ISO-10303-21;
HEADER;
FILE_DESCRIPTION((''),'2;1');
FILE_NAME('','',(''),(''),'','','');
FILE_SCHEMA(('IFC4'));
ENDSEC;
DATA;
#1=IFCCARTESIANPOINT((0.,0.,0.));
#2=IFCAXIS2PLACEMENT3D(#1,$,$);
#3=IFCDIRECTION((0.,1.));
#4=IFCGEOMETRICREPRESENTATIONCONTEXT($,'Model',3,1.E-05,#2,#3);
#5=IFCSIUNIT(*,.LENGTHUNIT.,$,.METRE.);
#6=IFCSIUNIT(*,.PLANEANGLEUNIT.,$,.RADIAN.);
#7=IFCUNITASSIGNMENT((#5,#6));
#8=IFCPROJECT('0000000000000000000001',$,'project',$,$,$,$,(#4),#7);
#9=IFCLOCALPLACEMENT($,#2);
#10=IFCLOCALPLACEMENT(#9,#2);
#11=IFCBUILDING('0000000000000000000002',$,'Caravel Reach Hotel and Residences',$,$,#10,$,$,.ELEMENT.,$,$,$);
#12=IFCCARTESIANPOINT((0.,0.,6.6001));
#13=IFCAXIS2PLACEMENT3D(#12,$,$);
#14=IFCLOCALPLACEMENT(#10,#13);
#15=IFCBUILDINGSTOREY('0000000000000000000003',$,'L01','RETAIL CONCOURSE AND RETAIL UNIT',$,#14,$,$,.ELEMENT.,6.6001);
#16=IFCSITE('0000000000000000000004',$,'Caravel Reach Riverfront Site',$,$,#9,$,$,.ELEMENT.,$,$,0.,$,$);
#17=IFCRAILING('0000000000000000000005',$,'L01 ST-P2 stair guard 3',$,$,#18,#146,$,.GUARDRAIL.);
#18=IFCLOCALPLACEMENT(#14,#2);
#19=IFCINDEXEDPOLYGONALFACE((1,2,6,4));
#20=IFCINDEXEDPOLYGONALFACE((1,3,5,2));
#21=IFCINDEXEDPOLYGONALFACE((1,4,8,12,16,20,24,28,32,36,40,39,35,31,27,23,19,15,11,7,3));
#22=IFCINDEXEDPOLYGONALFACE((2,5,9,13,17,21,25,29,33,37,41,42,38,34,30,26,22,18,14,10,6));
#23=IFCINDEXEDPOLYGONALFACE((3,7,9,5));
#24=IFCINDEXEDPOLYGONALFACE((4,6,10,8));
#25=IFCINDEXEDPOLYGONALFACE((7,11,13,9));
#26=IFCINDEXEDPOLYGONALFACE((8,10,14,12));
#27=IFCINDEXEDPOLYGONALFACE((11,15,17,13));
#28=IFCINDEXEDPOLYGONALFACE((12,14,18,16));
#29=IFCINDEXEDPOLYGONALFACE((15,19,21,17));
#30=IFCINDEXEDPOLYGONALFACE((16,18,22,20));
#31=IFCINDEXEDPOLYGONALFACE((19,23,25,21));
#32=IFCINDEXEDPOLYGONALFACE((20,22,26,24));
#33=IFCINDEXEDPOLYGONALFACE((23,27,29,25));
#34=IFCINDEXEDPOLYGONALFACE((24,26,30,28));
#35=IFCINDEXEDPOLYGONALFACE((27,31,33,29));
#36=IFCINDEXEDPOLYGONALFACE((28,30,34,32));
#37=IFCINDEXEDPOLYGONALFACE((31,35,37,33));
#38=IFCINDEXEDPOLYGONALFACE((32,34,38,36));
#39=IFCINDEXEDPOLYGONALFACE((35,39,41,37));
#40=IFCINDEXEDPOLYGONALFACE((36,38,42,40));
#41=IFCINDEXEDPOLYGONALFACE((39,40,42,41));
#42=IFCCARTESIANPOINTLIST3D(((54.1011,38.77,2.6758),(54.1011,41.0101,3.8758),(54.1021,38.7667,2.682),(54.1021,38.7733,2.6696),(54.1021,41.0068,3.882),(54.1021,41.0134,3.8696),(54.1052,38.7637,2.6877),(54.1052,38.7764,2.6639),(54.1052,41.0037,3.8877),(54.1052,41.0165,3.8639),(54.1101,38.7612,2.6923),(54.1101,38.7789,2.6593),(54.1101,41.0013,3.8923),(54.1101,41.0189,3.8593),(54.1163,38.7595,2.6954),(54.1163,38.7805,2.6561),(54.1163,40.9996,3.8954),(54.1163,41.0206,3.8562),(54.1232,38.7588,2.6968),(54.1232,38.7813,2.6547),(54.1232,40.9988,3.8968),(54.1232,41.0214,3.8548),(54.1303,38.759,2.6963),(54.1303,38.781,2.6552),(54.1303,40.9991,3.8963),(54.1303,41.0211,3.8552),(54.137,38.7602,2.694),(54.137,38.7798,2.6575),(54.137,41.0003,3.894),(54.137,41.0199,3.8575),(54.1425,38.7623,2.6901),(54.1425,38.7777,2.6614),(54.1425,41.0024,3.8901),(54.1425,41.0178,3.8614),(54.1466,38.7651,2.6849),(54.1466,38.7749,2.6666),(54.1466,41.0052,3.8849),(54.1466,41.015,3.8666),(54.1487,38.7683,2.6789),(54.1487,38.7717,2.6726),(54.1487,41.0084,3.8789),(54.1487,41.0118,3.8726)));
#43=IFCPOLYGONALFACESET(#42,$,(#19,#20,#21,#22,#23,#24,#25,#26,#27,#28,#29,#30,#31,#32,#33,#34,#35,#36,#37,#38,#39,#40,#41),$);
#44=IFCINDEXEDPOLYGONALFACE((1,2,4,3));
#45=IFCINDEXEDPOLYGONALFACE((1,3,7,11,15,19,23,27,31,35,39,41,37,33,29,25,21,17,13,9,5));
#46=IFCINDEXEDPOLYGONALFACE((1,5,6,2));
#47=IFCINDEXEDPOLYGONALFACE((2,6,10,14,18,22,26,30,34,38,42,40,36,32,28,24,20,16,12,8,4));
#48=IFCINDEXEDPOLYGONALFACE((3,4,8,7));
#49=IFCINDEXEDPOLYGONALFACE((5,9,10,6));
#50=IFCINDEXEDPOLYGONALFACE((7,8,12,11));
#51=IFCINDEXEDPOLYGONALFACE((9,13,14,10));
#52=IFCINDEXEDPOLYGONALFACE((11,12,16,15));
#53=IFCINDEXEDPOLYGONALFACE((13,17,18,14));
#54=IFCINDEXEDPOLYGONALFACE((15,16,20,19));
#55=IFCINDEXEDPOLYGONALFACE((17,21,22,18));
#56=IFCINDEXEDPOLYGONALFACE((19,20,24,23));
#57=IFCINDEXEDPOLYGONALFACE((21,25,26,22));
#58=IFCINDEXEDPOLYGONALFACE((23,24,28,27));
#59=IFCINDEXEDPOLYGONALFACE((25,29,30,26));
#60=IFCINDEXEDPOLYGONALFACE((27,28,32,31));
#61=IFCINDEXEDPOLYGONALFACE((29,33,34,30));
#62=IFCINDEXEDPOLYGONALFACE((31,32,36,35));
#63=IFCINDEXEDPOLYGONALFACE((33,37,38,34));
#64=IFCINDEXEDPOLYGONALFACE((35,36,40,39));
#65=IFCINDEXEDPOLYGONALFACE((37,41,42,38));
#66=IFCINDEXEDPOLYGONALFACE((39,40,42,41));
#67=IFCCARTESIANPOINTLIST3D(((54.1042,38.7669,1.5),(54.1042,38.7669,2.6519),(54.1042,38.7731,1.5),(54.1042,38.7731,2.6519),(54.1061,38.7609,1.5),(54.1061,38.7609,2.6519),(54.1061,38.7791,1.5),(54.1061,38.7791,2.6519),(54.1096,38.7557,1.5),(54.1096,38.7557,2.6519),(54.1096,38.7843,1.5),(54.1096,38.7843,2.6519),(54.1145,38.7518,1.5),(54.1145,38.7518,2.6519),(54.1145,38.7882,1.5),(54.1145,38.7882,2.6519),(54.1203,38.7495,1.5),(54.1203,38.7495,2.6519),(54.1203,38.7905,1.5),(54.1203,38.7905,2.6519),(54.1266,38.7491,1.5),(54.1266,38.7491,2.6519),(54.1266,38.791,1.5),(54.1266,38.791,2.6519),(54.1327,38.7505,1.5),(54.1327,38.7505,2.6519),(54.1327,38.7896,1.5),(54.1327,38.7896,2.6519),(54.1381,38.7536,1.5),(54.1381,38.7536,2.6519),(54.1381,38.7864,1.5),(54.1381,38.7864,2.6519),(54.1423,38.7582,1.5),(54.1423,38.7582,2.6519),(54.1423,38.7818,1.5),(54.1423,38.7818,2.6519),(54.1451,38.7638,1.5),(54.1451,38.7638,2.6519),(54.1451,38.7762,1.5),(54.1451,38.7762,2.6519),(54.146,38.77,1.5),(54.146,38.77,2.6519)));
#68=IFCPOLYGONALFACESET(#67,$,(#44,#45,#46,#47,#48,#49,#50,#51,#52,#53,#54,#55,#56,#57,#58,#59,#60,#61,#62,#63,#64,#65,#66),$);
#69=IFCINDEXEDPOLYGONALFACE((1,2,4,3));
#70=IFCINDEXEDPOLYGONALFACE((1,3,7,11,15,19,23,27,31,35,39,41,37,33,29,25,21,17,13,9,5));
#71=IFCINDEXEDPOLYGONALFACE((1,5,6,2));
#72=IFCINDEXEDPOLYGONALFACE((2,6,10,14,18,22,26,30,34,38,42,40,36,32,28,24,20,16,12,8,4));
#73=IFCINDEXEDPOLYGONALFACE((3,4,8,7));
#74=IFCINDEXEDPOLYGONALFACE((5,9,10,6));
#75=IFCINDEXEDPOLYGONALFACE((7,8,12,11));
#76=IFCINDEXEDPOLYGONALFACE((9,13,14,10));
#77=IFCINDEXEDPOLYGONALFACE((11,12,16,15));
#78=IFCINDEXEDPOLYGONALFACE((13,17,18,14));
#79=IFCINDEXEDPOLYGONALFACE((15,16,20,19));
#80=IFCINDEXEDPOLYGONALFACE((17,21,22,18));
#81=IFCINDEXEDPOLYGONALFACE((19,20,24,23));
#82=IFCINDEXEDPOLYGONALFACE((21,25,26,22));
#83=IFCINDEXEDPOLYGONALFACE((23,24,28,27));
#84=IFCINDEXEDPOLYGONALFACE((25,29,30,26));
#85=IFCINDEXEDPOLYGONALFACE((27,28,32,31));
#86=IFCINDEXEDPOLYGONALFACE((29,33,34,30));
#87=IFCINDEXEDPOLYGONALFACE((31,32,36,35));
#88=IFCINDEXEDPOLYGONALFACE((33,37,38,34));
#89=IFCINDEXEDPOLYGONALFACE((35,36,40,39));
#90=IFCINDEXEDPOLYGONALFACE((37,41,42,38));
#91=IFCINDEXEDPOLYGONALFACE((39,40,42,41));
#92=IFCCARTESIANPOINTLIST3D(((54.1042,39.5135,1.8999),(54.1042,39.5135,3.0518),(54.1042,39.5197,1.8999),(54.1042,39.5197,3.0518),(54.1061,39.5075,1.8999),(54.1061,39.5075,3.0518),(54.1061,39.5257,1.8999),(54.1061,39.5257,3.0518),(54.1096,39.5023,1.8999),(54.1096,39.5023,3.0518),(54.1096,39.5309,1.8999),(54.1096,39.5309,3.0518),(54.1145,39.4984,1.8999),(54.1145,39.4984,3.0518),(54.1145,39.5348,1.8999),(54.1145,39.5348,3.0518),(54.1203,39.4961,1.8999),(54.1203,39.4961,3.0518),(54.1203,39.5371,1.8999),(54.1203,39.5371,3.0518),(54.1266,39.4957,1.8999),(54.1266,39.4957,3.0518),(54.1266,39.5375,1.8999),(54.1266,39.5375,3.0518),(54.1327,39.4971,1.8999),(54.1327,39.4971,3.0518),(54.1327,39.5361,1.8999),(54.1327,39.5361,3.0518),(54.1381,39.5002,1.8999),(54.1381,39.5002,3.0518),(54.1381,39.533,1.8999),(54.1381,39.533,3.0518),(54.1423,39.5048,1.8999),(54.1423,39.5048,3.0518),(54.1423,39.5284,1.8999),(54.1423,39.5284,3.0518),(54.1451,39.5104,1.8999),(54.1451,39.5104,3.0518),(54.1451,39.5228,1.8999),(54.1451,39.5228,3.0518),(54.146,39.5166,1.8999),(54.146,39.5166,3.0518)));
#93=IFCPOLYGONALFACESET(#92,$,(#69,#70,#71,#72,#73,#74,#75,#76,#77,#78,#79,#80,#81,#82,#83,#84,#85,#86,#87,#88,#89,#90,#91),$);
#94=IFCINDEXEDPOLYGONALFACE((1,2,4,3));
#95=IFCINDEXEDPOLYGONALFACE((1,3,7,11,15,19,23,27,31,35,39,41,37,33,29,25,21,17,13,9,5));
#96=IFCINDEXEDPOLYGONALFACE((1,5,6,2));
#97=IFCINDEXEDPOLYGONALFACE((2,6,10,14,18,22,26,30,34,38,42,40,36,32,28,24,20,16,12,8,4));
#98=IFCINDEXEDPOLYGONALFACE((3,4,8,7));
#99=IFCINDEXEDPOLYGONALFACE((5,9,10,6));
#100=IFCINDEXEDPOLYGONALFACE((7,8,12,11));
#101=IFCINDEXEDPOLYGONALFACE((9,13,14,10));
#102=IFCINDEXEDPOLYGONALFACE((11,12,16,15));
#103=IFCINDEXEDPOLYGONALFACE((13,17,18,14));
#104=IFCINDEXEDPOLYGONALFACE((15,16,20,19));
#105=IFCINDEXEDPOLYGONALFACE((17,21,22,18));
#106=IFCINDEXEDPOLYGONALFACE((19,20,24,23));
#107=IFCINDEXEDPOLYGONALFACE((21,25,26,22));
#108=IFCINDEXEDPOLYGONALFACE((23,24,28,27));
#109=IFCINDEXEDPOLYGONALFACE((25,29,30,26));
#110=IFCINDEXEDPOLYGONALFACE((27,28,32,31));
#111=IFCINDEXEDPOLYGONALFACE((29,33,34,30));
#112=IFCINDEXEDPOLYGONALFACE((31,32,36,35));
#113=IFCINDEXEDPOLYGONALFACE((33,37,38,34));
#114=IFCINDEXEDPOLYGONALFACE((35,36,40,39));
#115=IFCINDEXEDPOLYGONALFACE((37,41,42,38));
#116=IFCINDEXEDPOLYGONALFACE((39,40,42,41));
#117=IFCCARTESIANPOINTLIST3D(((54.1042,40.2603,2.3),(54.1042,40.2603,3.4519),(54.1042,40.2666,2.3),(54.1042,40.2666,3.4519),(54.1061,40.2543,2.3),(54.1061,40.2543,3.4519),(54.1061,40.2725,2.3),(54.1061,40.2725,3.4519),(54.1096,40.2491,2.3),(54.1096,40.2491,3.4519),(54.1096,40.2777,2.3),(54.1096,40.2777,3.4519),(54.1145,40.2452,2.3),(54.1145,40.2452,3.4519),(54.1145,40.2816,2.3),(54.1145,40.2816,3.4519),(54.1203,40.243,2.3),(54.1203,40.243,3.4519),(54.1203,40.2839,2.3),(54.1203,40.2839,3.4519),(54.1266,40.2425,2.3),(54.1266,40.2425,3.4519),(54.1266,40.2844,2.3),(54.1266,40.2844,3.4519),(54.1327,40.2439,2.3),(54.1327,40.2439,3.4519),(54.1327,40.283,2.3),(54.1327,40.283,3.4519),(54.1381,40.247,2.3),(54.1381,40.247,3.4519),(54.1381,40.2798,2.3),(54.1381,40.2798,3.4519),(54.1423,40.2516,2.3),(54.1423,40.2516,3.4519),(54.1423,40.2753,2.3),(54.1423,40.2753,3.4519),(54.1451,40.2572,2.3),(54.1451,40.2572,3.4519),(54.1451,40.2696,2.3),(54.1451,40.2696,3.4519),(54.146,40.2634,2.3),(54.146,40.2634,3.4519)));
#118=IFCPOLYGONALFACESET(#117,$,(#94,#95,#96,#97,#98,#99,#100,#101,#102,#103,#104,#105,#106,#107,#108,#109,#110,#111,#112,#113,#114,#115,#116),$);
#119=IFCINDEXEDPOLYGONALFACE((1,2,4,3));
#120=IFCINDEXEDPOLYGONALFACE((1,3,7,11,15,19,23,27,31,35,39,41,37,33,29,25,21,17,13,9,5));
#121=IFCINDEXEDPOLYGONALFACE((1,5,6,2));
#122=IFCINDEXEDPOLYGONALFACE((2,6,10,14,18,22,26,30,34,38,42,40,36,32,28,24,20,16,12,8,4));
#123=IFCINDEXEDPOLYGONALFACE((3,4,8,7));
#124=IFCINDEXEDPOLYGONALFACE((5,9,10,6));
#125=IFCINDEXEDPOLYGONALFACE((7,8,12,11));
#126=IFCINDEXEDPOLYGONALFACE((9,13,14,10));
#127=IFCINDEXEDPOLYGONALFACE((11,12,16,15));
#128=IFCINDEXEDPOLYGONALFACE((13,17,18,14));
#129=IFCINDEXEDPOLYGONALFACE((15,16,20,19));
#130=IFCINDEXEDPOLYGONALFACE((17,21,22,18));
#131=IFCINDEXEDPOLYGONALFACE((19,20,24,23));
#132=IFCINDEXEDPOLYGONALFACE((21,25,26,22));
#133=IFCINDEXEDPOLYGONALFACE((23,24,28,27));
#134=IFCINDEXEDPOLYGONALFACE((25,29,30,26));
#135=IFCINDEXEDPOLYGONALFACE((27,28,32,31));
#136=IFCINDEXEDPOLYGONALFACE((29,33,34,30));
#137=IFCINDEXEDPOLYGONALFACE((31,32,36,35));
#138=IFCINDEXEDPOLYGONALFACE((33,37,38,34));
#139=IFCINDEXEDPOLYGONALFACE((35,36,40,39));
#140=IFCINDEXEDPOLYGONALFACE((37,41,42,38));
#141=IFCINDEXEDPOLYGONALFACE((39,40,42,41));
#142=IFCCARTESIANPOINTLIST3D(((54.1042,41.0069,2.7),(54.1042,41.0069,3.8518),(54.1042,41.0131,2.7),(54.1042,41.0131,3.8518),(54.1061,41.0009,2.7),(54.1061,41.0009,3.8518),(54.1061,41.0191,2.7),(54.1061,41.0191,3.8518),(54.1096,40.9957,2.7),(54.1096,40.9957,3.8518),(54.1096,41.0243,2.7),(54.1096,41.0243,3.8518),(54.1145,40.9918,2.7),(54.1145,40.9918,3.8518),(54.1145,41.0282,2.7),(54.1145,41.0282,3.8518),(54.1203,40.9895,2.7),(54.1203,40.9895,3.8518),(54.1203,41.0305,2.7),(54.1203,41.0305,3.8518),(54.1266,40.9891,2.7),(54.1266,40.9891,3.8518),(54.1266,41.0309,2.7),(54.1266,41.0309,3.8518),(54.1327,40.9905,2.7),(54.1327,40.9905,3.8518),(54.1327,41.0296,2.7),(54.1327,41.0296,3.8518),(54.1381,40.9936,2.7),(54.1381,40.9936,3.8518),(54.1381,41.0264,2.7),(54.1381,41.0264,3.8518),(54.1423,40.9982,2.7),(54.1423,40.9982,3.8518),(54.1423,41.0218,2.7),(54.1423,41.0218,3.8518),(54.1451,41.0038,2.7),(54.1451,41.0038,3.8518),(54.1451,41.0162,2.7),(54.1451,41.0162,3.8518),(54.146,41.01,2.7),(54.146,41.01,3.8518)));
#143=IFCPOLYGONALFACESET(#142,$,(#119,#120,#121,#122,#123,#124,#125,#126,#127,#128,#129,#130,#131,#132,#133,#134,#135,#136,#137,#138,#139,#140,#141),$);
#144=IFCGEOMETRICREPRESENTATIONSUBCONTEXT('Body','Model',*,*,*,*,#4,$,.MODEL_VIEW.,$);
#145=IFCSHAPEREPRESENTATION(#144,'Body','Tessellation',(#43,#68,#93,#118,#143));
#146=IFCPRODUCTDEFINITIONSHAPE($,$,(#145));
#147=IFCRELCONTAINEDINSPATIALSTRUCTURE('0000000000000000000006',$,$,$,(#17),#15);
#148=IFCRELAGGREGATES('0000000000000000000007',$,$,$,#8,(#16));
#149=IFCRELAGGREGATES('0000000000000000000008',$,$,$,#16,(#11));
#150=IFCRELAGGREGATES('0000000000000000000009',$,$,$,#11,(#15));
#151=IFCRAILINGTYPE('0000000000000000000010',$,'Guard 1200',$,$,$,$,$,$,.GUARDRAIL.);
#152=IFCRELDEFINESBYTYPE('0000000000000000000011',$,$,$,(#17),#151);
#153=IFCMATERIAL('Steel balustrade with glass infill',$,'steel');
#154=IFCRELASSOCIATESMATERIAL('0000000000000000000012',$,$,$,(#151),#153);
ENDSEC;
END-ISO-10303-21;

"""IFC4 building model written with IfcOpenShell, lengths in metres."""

from ifc_helpers import new_model, si_unit, direction, frame, origin, origin_2d, place, context, subcontext, project, spatial, circle, extrude, material, type_object, element, save


model = new_model("IFC4")

# Units and contexts
model_context = context("Model", 3, precision=1e-05, world=origin(), true_north=direction((0.0, 1.0)))
body_context = subcontext(model_context, "Body", "Model", "MODEL_VIEW")
ifc_project = project(units=[si_unit("LENGTHUNIT", "METRE"), si_unit("PLANEANGLEUNIT", "RADIAN")], contexts=[model_context])

# Site, building, storey
site_placement = place(None, origin())
site = spatial("IfcSite", under=ifc_project, at=site_placement, Name="Caravel Reach Riverfront Site", CompositionType="ELEMENT", RefElevation=0.0)
building_placement = place(site_placement, origin())
building = spatial("IfcBuilding", under=site, at=building_placement, Name="Caravel Reach Hotel and Residences", CompositionType="ELEMENT")
storey_placement = place(building_placement, frame((0.0, 0.0, 6.6001)))
storey = spatial("IfcBuildingStorey", under=building, at=storey_placement, Name="L01", Description="RETAIL CONCOURSE AND RETAIL UNIT", CompositionType="ELEMENT", Elevation=6.6001)

# Railing
ifc_material_1 = material(Name="Steel balustrade with glass infill", Category="steel")
railing_type_1 = type_object("IfcRailingType", Name="Guard 1200", PredefinedType="GUARDRAIL", material=ifc_material_1)
railing_1_placement = place(storey_placement, frame((54.125, 38.77, 1.5)))
element("IfcRailing", 1, at=railing_1_placement, inside=storey, type_object=railing_type_1, Name="L01 ST-P2 stair guard 3", PredefinedType="GUARDRAIL", context=body_context, shape_type="SweptSolid", body=[
    extrude(circle(Radius=0.0239, at=origin_2d()), frame((0.0, 0.0, 1.1758), z_axis=(0.0, 0.881487, 0.472208), x_axis=(-1.0, 0.0, 0.0)), (0.0, 0.0, 1.0), 2.5413),
    extrude(circle(Radius=0.021, at=origin_2d()), origin(), (0.0, 0.0, 1.0), 1.1519),
    extrude(circle(Radius=0.021, at=origin_2d()), frame((0.0, 0.7466, 0.3999)), (0.0, 0.0, 1.0), 1.1519),
    extrude(circle(Radius=0.021, at=origin_2d()), frame((0.0, 1.4934, 0.8)), (0.0, 0.0, 1.0), 1.1519),
    extrude(circle(Radius=0.021, at=origin_2d()), frame((0.0, 2.24, 1.2)), (0.0, 0.0, 1.0), 1.1519),
])

save(model, "model.ifc")
